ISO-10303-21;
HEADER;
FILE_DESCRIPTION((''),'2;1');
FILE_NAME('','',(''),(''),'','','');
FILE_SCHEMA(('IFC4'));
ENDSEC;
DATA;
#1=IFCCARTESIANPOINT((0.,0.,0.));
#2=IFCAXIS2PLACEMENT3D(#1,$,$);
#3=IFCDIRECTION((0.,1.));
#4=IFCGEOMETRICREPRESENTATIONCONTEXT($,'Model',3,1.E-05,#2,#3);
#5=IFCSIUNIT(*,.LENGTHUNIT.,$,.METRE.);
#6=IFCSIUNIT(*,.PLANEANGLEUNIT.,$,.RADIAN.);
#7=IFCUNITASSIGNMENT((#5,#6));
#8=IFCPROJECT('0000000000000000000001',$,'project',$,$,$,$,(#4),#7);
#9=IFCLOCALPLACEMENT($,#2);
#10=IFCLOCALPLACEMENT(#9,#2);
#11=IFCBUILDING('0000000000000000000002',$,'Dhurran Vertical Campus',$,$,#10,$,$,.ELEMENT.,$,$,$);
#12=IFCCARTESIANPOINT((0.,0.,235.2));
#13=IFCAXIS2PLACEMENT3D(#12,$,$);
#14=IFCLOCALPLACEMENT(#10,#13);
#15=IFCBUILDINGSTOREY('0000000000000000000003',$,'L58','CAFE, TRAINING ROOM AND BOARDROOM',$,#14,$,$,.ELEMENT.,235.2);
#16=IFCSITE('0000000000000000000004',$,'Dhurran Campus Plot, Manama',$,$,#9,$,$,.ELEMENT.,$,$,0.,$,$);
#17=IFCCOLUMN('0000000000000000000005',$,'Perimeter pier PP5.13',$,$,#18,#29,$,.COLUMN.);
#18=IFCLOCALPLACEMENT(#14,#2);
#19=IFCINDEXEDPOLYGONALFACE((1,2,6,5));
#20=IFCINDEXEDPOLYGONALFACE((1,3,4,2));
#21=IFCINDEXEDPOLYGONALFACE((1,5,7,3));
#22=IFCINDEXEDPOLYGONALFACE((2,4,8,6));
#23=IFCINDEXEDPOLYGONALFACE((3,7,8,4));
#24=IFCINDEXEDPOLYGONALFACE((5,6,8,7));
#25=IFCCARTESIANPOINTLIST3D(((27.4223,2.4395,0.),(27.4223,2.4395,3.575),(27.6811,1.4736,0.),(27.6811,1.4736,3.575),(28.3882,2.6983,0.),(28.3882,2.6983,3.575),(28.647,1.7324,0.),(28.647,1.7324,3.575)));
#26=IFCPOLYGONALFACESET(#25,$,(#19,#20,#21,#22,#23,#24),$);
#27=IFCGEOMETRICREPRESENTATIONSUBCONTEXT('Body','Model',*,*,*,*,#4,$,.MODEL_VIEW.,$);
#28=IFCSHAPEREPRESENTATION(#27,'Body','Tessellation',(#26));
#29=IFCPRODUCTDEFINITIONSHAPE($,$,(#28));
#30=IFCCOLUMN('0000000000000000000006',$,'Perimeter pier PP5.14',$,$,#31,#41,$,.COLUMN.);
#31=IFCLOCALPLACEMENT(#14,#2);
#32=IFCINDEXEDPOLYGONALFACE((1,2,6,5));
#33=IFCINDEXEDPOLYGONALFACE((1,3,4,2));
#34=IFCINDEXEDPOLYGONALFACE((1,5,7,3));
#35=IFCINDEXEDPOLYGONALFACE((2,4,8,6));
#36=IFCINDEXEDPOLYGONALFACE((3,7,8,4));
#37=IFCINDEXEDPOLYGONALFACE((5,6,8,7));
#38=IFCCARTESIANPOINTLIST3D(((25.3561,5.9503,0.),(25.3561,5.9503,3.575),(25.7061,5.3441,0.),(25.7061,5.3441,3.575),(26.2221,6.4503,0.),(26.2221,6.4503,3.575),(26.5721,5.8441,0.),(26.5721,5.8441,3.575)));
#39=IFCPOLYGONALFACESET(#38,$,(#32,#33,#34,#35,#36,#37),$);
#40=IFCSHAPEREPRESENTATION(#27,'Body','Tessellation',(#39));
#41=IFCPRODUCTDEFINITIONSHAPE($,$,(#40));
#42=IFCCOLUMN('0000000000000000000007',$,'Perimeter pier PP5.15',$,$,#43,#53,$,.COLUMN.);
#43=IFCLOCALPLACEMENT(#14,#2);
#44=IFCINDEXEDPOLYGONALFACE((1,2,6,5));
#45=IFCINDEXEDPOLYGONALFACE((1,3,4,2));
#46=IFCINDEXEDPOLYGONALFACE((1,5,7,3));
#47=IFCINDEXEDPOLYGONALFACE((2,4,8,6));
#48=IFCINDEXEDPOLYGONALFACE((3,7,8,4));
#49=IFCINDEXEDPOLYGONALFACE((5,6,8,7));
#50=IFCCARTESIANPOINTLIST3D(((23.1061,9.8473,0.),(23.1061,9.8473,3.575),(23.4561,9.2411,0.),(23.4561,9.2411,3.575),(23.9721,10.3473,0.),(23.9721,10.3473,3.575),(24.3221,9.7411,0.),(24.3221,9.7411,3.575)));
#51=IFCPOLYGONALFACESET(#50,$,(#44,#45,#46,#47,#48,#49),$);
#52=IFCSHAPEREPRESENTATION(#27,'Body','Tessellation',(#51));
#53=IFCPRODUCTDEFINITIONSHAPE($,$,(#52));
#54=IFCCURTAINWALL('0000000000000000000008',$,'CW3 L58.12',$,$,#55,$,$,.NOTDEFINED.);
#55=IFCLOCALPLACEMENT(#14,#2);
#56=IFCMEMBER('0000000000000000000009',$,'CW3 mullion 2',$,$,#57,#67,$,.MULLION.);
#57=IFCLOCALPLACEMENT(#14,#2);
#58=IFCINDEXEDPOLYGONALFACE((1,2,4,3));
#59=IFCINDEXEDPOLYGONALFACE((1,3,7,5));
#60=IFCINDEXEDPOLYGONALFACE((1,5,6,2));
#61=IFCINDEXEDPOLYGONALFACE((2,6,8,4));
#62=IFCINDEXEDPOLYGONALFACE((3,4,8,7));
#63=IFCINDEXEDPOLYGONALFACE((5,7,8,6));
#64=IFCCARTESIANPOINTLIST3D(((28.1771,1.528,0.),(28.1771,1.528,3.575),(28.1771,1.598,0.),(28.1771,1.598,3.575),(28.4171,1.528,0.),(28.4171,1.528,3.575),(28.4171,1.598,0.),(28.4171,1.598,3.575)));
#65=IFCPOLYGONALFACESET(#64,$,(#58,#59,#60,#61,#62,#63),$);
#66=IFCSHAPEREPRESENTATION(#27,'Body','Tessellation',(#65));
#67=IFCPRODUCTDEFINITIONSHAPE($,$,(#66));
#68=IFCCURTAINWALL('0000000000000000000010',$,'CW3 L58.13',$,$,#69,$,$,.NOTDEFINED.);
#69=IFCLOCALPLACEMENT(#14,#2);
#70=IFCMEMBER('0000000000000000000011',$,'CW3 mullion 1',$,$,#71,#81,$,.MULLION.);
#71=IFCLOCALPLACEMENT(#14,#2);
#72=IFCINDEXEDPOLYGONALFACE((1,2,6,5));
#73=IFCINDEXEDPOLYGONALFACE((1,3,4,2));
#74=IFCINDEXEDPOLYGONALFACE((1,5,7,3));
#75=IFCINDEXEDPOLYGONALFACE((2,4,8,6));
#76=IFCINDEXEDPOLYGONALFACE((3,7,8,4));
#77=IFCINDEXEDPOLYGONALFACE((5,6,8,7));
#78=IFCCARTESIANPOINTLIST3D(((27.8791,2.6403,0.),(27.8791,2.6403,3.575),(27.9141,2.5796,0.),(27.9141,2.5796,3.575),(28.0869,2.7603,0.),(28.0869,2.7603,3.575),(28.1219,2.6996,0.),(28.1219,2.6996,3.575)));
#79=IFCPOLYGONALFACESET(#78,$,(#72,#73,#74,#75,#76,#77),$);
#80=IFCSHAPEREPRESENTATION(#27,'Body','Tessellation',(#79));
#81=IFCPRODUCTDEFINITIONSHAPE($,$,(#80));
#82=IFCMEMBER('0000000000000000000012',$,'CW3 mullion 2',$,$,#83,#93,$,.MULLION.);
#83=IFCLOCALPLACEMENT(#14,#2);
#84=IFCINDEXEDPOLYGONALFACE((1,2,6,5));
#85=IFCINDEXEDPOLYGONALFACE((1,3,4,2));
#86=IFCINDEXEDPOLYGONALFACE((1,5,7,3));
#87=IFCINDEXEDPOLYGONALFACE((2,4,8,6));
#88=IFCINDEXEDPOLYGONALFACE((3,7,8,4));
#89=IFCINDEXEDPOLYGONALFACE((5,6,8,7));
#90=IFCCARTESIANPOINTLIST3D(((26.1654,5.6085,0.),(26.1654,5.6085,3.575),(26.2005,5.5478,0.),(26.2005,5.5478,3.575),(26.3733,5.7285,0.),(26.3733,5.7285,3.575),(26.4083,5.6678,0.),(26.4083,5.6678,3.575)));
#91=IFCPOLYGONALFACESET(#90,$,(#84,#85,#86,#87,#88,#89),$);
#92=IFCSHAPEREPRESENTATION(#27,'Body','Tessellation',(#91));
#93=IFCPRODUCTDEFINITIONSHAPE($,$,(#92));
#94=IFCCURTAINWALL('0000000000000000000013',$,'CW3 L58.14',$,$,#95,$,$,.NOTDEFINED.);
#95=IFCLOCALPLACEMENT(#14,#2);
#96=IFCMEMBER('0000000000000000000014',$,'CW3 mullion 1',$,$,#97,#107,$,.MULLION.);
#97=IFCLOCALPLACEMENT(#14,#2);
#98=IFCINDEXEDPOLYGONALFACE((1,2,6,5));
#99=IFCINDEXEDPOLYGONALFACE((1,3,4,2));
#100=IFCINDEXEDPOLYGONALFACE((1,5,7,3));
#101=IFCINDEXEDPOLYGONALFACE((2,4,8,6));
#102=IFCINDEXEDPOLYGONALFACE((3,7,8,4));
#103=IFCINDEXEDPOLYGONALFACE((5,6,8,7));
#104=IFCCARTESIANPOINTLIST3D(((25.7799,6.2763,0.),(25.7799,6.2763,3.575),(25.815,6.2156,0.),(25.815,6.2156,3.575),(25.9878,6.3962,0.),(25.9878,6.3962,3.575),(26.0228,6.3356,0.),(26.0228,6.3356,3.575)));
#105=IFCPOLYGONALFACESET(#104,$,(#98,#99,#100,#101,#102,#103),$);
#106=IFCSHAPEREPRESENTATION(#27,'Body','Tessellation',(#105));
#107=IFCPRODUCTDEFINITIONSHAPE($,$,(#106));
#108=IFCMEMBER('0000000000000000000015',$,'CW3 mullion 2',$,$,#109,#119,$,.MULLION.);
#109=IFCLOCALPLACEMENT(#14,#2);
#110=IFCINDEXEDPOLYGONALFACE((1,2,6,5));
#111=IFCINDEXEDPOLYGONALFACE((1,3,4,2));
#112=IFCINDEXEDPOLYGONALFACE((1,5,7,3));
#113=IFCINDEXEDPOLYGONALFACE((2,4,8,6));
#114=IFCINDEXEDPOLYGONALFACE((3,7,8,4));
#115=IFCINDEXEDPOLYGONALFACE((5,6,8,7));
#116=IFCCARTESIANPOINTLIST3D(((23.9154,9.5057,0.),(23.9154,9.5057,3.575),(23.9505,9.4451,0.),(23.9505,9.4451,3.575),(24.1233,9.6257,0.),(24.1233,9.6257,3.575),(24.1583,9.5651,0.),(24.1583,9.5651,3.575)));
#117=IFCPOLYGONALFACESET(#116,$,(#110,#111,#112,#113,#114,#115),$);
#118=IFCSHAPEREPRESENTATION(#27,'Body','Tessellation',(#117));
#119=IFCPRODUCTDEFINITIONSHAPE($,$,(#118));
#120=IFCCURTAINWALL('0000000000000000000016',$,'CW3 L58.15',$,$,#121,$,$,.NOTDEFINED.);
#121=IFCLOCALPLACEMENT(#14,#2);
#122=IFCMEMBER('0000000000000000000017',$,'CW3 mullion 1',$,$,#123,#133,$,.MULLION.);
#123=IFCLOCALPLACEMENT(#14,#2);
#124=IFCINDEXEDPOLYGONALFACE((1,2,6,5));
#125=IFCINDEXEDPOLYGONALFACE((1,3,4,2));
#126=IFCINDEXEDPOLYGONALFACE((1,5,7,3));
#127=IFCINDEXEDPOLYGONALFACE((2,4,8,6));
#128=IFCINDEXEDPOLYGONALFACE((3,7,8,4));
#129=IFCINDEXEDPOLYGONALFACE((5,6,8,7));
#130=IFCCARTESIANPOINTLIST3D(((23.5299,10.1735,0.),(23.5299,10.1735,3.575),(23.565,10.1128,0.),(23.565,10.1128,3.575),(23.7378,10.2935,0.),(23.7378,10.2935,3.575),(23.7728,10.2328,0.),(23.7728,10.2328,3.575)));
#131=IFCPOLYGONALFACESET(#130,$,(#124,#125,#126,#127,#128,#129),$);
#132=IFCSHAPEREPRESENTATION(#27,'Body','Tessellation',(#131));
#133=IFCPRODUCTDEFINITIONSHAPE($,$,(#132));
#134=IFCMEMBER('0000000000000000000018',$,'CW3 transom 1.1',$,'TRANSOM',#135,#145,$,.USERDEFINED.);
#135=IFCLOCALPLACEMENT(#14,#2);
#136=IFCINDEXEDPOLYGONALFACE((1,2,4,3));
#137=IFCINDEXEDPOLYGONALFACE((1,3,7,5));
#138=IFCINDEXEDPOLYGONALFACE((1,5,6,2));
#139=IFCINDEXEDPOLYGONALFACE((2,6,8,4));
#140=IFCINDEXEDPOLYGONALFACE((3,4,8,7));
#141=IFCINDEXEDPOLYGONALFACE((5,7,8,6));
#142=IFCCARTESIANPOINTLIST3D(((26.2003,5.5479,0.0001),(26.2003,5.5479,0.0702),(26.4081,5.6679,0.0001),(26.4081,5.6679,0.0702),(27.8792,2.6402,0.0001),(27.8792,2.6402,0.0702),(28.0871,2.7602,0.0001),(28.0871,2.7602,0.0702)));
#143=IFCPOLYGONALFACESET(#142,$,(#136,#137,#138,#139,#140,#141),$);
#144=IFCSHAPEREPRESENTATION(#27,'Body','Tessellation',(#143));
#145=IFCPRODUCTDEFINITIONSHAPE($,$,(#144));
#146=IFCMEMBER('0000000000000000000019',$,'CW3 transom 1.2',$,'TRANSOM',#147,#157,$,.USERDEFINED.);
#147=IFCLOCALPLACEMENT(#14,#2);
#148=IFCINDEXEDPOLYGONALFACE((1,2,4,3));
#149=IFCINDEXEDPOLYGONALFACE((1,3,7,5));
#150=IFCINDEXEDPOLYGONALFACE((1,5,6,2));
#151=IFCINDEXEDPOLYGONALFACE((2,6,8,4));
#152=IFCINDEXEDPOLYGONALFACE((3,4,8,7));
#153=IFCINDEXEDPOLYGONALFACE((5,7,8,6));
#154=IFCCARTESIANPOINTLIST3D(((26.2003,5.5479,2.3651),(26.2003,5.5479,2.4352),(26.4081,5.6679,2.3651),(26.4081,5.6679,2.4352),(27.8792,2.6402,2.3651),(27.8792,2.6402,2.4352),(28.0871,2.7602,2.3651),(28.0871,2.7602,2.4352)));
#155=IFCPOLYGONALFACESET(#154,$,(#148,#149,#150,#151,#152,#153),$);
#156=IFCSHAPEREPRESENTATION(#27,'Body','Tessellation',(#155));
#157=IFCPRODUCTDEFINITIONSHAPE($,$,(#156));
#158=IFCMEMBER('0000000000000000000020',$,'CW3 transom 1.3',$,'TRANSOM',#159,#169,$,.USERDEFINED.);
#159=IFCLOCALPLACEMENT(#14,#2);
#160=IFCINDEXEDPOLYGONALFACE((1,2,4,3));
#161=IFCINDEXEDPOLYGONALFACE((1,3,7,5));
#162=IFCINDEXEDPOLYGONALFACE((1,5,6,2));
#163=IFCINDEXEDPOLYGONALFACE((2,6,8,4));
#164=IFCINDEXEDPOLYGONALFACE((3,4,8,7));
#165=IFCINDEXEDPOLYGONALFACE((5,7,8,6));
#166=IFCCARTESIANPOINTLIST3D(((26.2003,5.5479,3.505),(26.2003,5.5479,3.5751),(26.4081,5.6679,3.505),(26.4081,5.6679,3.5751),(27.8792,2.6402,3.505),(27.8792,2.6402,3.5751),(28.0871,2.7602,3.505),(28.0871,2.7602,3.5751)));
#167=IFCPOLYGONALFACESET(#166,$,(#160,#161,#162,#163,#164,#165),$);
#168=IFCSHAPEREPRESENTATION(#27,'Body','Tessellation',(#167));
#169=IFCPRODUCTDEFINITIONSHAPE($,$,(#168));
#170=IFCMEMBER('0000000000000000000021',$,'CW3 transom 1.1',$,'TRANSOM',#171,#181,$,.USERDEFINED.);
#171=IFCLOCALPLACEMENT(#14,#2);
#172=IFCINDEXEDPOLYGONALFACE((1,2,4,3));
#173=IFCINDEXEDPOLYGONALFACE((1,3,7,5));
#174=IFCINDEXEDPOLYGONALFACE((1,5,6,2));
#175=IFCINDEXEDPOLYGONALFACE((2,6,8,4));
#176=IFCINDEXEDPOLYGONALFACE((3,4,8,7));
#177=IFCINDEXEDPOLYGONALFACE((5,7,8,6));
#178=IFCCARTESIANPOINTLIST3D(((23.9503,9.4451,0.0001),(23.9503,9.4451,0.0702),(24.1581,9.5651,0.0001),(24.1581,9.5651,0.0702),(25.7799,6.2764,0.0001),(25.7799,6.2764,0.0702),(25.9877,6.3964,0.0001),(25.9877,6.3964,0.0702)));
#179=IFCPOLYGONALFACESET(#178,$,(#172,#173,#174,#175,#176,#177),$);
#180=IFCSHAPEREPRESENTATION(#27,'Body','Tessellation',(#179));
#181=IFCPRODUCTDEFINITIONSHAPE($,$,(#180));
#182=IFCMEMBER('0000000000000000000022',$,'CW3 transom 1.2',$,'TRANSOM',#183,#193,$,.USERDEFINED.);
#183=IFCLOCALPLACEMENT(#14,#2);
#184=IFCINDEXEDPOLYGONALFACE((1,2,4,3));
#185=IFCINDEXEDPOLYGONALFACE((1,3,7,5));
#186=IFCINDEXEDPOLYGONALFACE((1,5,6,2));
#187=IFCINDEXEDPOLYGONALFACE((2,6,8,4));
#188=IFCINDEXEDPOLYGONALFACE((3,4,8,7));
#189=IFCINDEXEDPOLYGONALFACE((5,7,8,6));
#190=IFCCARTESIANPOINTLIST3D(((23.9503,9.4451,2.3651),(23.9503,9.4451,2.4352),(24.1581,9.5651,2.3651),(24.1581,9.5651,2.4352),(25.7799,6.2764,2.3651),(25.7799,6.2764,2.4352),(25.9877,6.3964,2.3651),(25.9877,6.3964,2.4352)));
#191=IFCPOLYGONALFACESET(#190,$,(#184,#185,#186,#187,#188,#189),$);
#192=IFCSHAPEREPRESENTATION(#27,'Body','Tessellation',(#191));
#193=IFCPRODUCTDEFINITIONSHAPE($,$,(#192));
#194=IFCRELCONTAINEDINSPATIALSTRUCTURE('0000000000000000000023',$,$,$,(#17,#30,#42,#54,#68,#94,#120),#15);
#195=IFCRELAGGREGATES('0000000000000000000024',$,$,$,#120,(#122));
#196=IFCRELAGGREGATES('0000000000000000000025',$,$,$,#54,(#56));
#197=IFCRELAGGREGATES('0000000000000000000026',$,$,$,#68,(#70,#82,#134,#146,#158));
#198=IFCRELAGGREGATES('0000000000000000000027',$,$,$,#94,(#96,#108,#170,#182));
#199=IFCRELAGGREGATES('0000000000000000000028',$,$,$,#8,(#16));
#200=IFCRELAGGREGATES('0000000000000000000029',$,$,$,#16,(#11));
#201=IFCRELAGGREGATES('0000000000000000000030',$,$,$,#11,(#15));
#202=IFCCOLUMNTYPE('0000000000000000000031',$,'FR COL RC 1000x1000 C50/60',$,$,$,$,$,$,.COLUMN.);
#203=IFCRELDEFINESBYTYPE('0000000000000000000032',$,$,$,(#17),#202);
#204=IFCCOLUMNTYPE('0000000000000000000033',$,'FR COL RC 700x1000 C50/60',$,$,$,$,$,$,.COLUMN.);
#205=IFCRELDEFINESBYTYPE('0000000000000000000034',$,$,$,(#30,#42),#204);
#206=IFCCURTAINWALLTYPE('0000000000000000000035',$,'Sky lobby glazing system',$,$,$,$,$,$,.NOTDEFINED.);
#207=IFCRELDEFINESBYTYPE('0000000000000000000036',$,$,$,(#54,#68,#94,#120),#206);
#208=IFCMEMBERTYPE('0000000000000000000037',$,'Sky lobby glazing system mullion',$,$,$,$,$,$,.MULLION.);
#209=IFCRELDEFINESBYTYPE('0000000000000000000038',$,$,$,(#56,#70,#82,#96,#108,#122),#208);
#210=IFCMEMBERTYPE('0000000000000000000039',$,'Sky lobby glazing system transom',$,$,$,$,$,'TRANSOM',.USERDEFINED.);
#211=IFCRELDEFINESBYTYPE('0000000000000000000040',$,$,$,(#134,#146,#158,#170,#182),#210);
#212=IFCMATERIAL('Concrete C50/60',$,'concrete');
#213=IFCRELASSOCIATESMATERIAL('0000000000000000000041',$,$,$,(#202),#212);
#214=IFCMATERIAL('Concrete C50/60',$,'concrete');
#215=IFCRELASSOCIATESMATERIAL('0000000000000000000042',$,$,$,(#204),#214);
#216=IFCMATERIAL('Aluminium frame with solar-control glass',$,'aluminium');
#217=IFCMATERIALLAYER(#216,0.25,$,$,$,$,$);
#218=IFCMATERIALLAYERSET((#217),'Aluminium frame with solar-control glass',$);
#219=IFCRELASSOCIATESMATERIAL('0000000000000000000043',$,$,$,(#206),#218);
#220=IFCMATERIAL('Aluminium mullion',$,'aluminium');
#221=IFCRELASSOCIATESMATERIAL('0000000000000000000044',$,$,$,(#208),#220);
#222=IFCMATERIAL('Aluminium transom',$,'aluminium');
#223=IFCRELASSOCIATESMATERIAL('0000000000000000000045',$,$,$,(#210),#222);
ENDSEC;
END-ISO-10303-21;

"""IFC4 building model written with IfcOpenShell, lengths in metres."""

from ifc_helpers import new_model, si_unit, direction, frame, origin, origin_2d, place, context, subcontext, project, spatial, rectangle, extrude, material, layer, layer_set, material_profile, profile_set, type_object, element, aggregate, save


model = new_model("IFC4")

# Units and contexts
model_context = context("Model", 3, precision=1e-05, world=origin(), true_north=direction((0.0, 1.0)))
body_context = subcontext(model_context, "Body", "Model", "MODEL_VIEW")
ifc_project = project(units=[si_unit("LENGTHUNIT", "METRE"), si_unit("PLANEANGLEUNIT", "RADIAN")], contexts=[model_context])

# Site, building, storey
site_placement = place(None, origin())
site = spatial("IfcSite", under=ifc_project, at=site_placement, Name="Dhurran Campus Plot, Manama", CompositionType="ELEMENT", RefElevation=0.0)
building_placement = place(site_placement, origin())
building = spatial("IfcBuilding", under=site, at=building_placement, Name="Dhurran Vertical Campus", CompositionType="ELEMENT")
storey_placement = place(building_placement, frame((0.0, 0.0, 235.2)))
storey = spatial("IfcBuildingStorey", under=building, at=storey_placement, Name="L58", Description="CAFE, TRAINING ROOM AND BOARDROOM", CompositionType="ELEMENT", Elevation=235.2)

# Columns
ifc_material_1 = material(Name="Concrete C50/60", Category="concrete")
ifc_material_profile_1 = material_profile(ifc_material_1, rectangle(XDim=1.0, YDim=1.0, at=origin_2d()), Name="RC 1000x1000")
ifc_profile_set_1 = profile_set([ifc_material_profile_1], Name="Concrete C50/60")
column_type_1 = type_object("IfcColumnType", Name="FR COL RC 1000x1000 C50/60", PredefinedType="COLUMN", material=ifc_profile_set_1)
column_placement = place(storey_placement, frame((28.0347, 2.0859, 0.0), z_axis=(0.0, 0.0, 1.0), x_axis=(-0.258819, 0.965926, 0.0)))
element("IfcColumn", 1, at=column_placement, inside=storey, type_object=column_type_1, Name="Perimeter pier PP5.13", PredefinedType="COLUMN", context=body_context, shape_type="SweptSolid", body=[
    extrude(rectangle(XDim=1.0, YDim=1.0, at=origin_2d()), origin(), (0.0, 0.0, 1.0), 3.575),
])
ifc_material_2 = material(Name="Concrete C50/60", Category="concrete")
ifc_material_profile_2 = material_profile(ifc_material_2, rectangle(XDim=0.7, YDim=1.0, at=origin_2d()), Name="RC 700x1000")
ifc_profile_set_2 = profile_set([ifc_material_profile_2], Name="Concrete C50/60")
column_type_2 = type_object("IfcColumnType", Name="FR COL RC 700x1000 C50/60", PredefinedType="COLUMN", material=ifc_profile_set_2)
for number, where, z_axis, x_axis, name in (
    (2, (25.9641, 5.8972, 0.0), (0.0, 0.0, 1.0), (-0.5, 0.866025, 0.0), "Perimeter pier PP5.14"),
    (3, (23.7141, 9.7942, 0.0), (0.0, 0.0, 1.0), (-0.5, 0.866025, 0.0), "Perimeter pier PP5.15"),
):
    element("IfcColumn", number, at=place(storey_placement, frame(where, z_axis=z_axis, x_axis=x_axis)), inside=storey, type_object=column_type_2, Name=name, PredefinedType="COLUMN", context=body_context, shape_type="SweptSolid", body=[
        extrude(rectangle(XDim=0.7, YDim=1.0, at=origin_2d()), origin(), (0.0, 0.0, 1.0), 3.575),
    ])

# Curtain wall, member
ifc_material_3 = material(Name="Aluminium frame with solar-control glass", Category="aluminium")
ifc_layer_1 = layer(ifc_material_3, 0.25)
ifc_layer_set_1 = layer_set([ifc_layer_1], Name="Aluminium frame with solar-control glass")
curtain_wall_type = type_object("IfcCurtainWallType", Name="Sky lobby glazing system", PredefinedType="NOTDEFINED", material=ifc_layer_set_1)
curtain_wall_1_placement = place(storey_placement, origin())
curtain_wall_1 = element("IfcCurtainWall", 4, at=curtain_wall_1_placement, inside=storey, type_object=curtain_wall_type, Name="CW3 L58.12", PredefinedType="NOTDEFINED")
ifc_material_4 = material(Name="Aluminium mullion", Category="aluminium")
ifc_material_profile_3 = material_profile(ifc_material_4, rectangle(XDim=0.24, YDim=0.0701, at=origin_2d()), Name="Sky lobby glazing system mullion")
ifc_profile_set_3 = profile_set([ifc_material_profile_3], Name="Aluminium mullion")
member_type_1 = type_object("IfcMemberType", Name="Sky lobby glazing system mullion", PredefinedType="MULLION", material=ifc_profile_set_3)
member_1_placement = place(storey_placement, frame((28.2971, 1.563, 0.0), z_axis=(0.0, 0.0, 1.0), x_axis=(-1.0, 0.0, 0.0)))
member_1 = element("IfcMember", 5, at=member_1_placement, type_object=member_type_1, Name="CW3 mullion 2", PredefinedType="MULLION", context=body_context, shape_type="SweptSolid", body=[
    extrude(rectangle(XDim=0.24, YDim=0.0701, at=origin_2d()), origin(), (0.0, 0.0, 1.0), 3.575),
])

# Curtain walls, members
curtain_wall_2_placement = place(storey_placement, origin())
curtain_wall_2 = element("IfcCurtainWall", 6, at=curtain_wall_2_placement, inside=storey, type_object=curtain_wall_type, Name="CW3 L58.13", PredefinedType="NOTDEFINED")
member_2_placement = place(storey_placement, frame((28.0005, 2.6699, 0.0), z_axis=(0.0, 0.0, 1.0), x_axis=(-0.866025, -0.500001, 0.0)))
member_2 = element("IfcMember", 7, at=member_2_placement, type_object=member_type_1, Name="CW3 mullion 1", PredefinedType="MULLION", context=body_context, shape_type="SweptSolid", body=[
    extrude(rectangle(XDim=0.24, YDim=0.0701, at=origin_2d()), origin(), (0.0, 0.0, 1.0), 3.575),
])
member_3_placement = place(storey_placement, frame((26.2869, 5.6382, 0.0), z_axis=(0.0, 0.0, 1.0), x_axis=(-0.866025, -0.500001, 0.0)))
member_3 = element("IfcMember", 8, at=member_3_placement, type_object=member_type_1, Name="CW3 mullion 2", PredefinedType="MULLION", context=body_context, shape_type="SweptSolid", body=[
    extrude(rectangle(XDim=0.24, YDim=0.0701, at=origin_2d()), origin(), (0.0, 0.0, 1.0), 3.575),
])
curtain_wall_3_placement = place(storey_placement, origin())
curtain_wall_3 = element("IfcCurtainWall", 9, at=curtain_wall_3_placement, inside=storey, type_object=curtain_wall_type, Name="CW3 L58.14", PredefinedType="NOTDEFINED")
member_4_placement = place(storey_placement, frame((25.9014, 6.3059, 0.0), z_axis=(0.0, 0.0, 1.0), x_axis=(-0.866023, -0.500003, 0.0)))
member_4 = element("IfcMember", 10, at=member_4_placement, type_object=member_type_1, Name="CW3 mullion 1", PredefinedType="MULLION", context=body_context, shape_type="SweptSolid", body=[
    extrude(rectangle(XDim=0.24, YDim=0.0701, at=origin_2d()), origin(), (0.0, 0.0, 1.0), 3.575),
])
member_5_placement = place(storey_placement, frame((24.0369, 9.5354, 0.0), z_axis=(0.0, 0.0, 1.0), x_axis=(-0.866023, -0.500003, 0.0)))
member_5 = element("IfcMember", 11, at=member_5_placement, type_object=member_type_1, Name="CW3 mullion 2", PredefinedType="MULLION", context=body_context, shape_type="SweptSolid", body=[
    extrude(rectangle(XDim=0.24, YDim=0.0701, at=origin_2d()), origin(), (0.0, 0.0, 1.0), 3.575),
])

# Curtain wall, member
curtain_wall_4_placement = place(storey_placement, origin())
curtain_wall_4 = element("IfcCurtainWall", 12, at=curtain_wall_4_placement, inside=storey, type_object=curtain_wall_type, Name="CW3 L58.15", PredefinedType="NOTDEFINED")
member_6_placement = place(storey_placement, frame((23.6514, 10.2031, 0.0), z_axis=(0.0, 0.0, 1.0), x_axis=(-0.866023, -0.500003, 0.0)))
member_6 = element("IfcMember", 13, at=member_6_placement, type_object=member_type_1, Name="CW3 mullion 1", PredefinedType="MULLION", context=body_context, shape_type="SweptSolid", body=[
    extrude(rectangle(XDim=0.24, YDim=0.0701, at=origin_2d()), origin(), (0.0, 0.0, 1.0), 3.575),
])

# Members
ifc_material_5 = material(Name="Aluminium transom", Category="aluminium")
ifc_material_profile_4 = material_profile(ifc_material_5, rectangle(XDim=0.24, YDim=0.0701, at=origin_2d()), Name="Sky lobby glazing system transom")
ifc_profile_set_4 = profile_set([ifc_material_profile_4], Name="Aluminium transom")
member_type_2 = type_object("IfcMemberType", Name="Sky lobby glazing system transom", ElementType="TRANSOM", PredefinedType="USERDEFINED", material=ifc_profile_set_4)
member_7_placement = place(storey_placement, frame((27.9832, 2.7002, 0.0352), z_axis=(-0.500041, 0.866002, 0.0), x_axis=(-0.866002, -0.500041, 0.0)))
member_7 = element("IfcMember", 14, at=member_7_placement, type_object=member_type_2, Name="CW3 transom 1.1", ObjectType="TRANSOM", PredefinedType="USERDEFINED", context=body_context, shape_type="SweptSolid", body=[
    extrude(rectangle(XDim=0.24, YDim=0.0701, at=origin_2d()), origin(), (0.0, 0.0, 1.0), 3.3577),
])
member_8_placement = place(storey_placement, frame((27.9832, 2.7002, 2.4001), z_axis=(-0.500041, 0.866002, 0.0), x_axis=(-0.866002, -0.500041, 0.0)))
member_8 = element("IfcMember", 15, at=member_8_placement, type_object=member_type_2, Name="CW3 transom 1.2", ObjectType="TRANSOM", PredefinedType="USERDEFINED", context=body_context, shape_type="SweptSolid", body=[
    extrude(rectangle(XDim=0.24, YDim=0.0701, at=origin_2d()), origin(), (0.0, 0.0, 1.0), 3.3577),
])
member_9_placement = place(storey_placement, frame((27.9832, 2.7002, 3.54), z_axis=(-0.500041, 0.866002, 0.0), x_axis=(-0.866002, -0.500041, 0.0)))
member_9 = element("IfcMember", 16, at=member_9_placement, type_object=member_type_2, Name="CW3 transom 1.3", ObjectType="TRANSOM", PredefinedType="USERDEFINED", context=body_context, shape_type="SweptSolid", body=[
    extrude(rectangle(XDim=0.24, YDim=0.0701, at=origin_2d()), origin(), (0.0, 0.0, 1.0), 3.3577),
])
member_10_placement = place(storey_placement, frame((25.8838, 6.3364, 0.0352), z_axis=(-0.500029, 0.866009, 0.0), x_axis=(-0.866009, -0.500029, 0.0)))
member_10 = element("IfcMember", 17, at=member_10_placement, type_object=member_type_2, Name="CW3 transom 1.1", ObjectType="TRANSOM", PredefinedType="USERDEFINED", context=body_context, shape_type="SweptSolid", body=[
    extrude(rectangle(XDim=0.24, YDim=0.0701, at=origin_2d()), origin(), (0.0, 0.0, 1.0), 3.6589),
])
member_11_placement = place(storey_placement, frame((25.8838, 6.3364, 2.4001), z_axis=(-0.500029, 0.866009, 0.0), x_axis=(-0.866009, -0.500029, 0.0)))
member_11 = element("IfcMember", 18, at=member_11_placement, type_object=member_type_2, Name="CW3 transom 1.2", ObjectType="TRANSOM", PredefinedType="USERDEFINED", context=body_context, shape_type="SweptSolid", body=[
    extrude(rectangle(XDim=0.24, YDim=0.0701, at=origin_2d()), origin(), (0.0, 0.0, 1.0), 3.6589),
])
aggregate(curtain_wall_4, [member_6])

aggregate(curtain_wall_1, [member_1])
aggregate(curtain_wall_2, [member_2, member_3, member_7, member_8, member_9])
aggregate(curtain_wall_3, [member_4, member_5, member_10, member_11])

save(model, "model.ifc")
